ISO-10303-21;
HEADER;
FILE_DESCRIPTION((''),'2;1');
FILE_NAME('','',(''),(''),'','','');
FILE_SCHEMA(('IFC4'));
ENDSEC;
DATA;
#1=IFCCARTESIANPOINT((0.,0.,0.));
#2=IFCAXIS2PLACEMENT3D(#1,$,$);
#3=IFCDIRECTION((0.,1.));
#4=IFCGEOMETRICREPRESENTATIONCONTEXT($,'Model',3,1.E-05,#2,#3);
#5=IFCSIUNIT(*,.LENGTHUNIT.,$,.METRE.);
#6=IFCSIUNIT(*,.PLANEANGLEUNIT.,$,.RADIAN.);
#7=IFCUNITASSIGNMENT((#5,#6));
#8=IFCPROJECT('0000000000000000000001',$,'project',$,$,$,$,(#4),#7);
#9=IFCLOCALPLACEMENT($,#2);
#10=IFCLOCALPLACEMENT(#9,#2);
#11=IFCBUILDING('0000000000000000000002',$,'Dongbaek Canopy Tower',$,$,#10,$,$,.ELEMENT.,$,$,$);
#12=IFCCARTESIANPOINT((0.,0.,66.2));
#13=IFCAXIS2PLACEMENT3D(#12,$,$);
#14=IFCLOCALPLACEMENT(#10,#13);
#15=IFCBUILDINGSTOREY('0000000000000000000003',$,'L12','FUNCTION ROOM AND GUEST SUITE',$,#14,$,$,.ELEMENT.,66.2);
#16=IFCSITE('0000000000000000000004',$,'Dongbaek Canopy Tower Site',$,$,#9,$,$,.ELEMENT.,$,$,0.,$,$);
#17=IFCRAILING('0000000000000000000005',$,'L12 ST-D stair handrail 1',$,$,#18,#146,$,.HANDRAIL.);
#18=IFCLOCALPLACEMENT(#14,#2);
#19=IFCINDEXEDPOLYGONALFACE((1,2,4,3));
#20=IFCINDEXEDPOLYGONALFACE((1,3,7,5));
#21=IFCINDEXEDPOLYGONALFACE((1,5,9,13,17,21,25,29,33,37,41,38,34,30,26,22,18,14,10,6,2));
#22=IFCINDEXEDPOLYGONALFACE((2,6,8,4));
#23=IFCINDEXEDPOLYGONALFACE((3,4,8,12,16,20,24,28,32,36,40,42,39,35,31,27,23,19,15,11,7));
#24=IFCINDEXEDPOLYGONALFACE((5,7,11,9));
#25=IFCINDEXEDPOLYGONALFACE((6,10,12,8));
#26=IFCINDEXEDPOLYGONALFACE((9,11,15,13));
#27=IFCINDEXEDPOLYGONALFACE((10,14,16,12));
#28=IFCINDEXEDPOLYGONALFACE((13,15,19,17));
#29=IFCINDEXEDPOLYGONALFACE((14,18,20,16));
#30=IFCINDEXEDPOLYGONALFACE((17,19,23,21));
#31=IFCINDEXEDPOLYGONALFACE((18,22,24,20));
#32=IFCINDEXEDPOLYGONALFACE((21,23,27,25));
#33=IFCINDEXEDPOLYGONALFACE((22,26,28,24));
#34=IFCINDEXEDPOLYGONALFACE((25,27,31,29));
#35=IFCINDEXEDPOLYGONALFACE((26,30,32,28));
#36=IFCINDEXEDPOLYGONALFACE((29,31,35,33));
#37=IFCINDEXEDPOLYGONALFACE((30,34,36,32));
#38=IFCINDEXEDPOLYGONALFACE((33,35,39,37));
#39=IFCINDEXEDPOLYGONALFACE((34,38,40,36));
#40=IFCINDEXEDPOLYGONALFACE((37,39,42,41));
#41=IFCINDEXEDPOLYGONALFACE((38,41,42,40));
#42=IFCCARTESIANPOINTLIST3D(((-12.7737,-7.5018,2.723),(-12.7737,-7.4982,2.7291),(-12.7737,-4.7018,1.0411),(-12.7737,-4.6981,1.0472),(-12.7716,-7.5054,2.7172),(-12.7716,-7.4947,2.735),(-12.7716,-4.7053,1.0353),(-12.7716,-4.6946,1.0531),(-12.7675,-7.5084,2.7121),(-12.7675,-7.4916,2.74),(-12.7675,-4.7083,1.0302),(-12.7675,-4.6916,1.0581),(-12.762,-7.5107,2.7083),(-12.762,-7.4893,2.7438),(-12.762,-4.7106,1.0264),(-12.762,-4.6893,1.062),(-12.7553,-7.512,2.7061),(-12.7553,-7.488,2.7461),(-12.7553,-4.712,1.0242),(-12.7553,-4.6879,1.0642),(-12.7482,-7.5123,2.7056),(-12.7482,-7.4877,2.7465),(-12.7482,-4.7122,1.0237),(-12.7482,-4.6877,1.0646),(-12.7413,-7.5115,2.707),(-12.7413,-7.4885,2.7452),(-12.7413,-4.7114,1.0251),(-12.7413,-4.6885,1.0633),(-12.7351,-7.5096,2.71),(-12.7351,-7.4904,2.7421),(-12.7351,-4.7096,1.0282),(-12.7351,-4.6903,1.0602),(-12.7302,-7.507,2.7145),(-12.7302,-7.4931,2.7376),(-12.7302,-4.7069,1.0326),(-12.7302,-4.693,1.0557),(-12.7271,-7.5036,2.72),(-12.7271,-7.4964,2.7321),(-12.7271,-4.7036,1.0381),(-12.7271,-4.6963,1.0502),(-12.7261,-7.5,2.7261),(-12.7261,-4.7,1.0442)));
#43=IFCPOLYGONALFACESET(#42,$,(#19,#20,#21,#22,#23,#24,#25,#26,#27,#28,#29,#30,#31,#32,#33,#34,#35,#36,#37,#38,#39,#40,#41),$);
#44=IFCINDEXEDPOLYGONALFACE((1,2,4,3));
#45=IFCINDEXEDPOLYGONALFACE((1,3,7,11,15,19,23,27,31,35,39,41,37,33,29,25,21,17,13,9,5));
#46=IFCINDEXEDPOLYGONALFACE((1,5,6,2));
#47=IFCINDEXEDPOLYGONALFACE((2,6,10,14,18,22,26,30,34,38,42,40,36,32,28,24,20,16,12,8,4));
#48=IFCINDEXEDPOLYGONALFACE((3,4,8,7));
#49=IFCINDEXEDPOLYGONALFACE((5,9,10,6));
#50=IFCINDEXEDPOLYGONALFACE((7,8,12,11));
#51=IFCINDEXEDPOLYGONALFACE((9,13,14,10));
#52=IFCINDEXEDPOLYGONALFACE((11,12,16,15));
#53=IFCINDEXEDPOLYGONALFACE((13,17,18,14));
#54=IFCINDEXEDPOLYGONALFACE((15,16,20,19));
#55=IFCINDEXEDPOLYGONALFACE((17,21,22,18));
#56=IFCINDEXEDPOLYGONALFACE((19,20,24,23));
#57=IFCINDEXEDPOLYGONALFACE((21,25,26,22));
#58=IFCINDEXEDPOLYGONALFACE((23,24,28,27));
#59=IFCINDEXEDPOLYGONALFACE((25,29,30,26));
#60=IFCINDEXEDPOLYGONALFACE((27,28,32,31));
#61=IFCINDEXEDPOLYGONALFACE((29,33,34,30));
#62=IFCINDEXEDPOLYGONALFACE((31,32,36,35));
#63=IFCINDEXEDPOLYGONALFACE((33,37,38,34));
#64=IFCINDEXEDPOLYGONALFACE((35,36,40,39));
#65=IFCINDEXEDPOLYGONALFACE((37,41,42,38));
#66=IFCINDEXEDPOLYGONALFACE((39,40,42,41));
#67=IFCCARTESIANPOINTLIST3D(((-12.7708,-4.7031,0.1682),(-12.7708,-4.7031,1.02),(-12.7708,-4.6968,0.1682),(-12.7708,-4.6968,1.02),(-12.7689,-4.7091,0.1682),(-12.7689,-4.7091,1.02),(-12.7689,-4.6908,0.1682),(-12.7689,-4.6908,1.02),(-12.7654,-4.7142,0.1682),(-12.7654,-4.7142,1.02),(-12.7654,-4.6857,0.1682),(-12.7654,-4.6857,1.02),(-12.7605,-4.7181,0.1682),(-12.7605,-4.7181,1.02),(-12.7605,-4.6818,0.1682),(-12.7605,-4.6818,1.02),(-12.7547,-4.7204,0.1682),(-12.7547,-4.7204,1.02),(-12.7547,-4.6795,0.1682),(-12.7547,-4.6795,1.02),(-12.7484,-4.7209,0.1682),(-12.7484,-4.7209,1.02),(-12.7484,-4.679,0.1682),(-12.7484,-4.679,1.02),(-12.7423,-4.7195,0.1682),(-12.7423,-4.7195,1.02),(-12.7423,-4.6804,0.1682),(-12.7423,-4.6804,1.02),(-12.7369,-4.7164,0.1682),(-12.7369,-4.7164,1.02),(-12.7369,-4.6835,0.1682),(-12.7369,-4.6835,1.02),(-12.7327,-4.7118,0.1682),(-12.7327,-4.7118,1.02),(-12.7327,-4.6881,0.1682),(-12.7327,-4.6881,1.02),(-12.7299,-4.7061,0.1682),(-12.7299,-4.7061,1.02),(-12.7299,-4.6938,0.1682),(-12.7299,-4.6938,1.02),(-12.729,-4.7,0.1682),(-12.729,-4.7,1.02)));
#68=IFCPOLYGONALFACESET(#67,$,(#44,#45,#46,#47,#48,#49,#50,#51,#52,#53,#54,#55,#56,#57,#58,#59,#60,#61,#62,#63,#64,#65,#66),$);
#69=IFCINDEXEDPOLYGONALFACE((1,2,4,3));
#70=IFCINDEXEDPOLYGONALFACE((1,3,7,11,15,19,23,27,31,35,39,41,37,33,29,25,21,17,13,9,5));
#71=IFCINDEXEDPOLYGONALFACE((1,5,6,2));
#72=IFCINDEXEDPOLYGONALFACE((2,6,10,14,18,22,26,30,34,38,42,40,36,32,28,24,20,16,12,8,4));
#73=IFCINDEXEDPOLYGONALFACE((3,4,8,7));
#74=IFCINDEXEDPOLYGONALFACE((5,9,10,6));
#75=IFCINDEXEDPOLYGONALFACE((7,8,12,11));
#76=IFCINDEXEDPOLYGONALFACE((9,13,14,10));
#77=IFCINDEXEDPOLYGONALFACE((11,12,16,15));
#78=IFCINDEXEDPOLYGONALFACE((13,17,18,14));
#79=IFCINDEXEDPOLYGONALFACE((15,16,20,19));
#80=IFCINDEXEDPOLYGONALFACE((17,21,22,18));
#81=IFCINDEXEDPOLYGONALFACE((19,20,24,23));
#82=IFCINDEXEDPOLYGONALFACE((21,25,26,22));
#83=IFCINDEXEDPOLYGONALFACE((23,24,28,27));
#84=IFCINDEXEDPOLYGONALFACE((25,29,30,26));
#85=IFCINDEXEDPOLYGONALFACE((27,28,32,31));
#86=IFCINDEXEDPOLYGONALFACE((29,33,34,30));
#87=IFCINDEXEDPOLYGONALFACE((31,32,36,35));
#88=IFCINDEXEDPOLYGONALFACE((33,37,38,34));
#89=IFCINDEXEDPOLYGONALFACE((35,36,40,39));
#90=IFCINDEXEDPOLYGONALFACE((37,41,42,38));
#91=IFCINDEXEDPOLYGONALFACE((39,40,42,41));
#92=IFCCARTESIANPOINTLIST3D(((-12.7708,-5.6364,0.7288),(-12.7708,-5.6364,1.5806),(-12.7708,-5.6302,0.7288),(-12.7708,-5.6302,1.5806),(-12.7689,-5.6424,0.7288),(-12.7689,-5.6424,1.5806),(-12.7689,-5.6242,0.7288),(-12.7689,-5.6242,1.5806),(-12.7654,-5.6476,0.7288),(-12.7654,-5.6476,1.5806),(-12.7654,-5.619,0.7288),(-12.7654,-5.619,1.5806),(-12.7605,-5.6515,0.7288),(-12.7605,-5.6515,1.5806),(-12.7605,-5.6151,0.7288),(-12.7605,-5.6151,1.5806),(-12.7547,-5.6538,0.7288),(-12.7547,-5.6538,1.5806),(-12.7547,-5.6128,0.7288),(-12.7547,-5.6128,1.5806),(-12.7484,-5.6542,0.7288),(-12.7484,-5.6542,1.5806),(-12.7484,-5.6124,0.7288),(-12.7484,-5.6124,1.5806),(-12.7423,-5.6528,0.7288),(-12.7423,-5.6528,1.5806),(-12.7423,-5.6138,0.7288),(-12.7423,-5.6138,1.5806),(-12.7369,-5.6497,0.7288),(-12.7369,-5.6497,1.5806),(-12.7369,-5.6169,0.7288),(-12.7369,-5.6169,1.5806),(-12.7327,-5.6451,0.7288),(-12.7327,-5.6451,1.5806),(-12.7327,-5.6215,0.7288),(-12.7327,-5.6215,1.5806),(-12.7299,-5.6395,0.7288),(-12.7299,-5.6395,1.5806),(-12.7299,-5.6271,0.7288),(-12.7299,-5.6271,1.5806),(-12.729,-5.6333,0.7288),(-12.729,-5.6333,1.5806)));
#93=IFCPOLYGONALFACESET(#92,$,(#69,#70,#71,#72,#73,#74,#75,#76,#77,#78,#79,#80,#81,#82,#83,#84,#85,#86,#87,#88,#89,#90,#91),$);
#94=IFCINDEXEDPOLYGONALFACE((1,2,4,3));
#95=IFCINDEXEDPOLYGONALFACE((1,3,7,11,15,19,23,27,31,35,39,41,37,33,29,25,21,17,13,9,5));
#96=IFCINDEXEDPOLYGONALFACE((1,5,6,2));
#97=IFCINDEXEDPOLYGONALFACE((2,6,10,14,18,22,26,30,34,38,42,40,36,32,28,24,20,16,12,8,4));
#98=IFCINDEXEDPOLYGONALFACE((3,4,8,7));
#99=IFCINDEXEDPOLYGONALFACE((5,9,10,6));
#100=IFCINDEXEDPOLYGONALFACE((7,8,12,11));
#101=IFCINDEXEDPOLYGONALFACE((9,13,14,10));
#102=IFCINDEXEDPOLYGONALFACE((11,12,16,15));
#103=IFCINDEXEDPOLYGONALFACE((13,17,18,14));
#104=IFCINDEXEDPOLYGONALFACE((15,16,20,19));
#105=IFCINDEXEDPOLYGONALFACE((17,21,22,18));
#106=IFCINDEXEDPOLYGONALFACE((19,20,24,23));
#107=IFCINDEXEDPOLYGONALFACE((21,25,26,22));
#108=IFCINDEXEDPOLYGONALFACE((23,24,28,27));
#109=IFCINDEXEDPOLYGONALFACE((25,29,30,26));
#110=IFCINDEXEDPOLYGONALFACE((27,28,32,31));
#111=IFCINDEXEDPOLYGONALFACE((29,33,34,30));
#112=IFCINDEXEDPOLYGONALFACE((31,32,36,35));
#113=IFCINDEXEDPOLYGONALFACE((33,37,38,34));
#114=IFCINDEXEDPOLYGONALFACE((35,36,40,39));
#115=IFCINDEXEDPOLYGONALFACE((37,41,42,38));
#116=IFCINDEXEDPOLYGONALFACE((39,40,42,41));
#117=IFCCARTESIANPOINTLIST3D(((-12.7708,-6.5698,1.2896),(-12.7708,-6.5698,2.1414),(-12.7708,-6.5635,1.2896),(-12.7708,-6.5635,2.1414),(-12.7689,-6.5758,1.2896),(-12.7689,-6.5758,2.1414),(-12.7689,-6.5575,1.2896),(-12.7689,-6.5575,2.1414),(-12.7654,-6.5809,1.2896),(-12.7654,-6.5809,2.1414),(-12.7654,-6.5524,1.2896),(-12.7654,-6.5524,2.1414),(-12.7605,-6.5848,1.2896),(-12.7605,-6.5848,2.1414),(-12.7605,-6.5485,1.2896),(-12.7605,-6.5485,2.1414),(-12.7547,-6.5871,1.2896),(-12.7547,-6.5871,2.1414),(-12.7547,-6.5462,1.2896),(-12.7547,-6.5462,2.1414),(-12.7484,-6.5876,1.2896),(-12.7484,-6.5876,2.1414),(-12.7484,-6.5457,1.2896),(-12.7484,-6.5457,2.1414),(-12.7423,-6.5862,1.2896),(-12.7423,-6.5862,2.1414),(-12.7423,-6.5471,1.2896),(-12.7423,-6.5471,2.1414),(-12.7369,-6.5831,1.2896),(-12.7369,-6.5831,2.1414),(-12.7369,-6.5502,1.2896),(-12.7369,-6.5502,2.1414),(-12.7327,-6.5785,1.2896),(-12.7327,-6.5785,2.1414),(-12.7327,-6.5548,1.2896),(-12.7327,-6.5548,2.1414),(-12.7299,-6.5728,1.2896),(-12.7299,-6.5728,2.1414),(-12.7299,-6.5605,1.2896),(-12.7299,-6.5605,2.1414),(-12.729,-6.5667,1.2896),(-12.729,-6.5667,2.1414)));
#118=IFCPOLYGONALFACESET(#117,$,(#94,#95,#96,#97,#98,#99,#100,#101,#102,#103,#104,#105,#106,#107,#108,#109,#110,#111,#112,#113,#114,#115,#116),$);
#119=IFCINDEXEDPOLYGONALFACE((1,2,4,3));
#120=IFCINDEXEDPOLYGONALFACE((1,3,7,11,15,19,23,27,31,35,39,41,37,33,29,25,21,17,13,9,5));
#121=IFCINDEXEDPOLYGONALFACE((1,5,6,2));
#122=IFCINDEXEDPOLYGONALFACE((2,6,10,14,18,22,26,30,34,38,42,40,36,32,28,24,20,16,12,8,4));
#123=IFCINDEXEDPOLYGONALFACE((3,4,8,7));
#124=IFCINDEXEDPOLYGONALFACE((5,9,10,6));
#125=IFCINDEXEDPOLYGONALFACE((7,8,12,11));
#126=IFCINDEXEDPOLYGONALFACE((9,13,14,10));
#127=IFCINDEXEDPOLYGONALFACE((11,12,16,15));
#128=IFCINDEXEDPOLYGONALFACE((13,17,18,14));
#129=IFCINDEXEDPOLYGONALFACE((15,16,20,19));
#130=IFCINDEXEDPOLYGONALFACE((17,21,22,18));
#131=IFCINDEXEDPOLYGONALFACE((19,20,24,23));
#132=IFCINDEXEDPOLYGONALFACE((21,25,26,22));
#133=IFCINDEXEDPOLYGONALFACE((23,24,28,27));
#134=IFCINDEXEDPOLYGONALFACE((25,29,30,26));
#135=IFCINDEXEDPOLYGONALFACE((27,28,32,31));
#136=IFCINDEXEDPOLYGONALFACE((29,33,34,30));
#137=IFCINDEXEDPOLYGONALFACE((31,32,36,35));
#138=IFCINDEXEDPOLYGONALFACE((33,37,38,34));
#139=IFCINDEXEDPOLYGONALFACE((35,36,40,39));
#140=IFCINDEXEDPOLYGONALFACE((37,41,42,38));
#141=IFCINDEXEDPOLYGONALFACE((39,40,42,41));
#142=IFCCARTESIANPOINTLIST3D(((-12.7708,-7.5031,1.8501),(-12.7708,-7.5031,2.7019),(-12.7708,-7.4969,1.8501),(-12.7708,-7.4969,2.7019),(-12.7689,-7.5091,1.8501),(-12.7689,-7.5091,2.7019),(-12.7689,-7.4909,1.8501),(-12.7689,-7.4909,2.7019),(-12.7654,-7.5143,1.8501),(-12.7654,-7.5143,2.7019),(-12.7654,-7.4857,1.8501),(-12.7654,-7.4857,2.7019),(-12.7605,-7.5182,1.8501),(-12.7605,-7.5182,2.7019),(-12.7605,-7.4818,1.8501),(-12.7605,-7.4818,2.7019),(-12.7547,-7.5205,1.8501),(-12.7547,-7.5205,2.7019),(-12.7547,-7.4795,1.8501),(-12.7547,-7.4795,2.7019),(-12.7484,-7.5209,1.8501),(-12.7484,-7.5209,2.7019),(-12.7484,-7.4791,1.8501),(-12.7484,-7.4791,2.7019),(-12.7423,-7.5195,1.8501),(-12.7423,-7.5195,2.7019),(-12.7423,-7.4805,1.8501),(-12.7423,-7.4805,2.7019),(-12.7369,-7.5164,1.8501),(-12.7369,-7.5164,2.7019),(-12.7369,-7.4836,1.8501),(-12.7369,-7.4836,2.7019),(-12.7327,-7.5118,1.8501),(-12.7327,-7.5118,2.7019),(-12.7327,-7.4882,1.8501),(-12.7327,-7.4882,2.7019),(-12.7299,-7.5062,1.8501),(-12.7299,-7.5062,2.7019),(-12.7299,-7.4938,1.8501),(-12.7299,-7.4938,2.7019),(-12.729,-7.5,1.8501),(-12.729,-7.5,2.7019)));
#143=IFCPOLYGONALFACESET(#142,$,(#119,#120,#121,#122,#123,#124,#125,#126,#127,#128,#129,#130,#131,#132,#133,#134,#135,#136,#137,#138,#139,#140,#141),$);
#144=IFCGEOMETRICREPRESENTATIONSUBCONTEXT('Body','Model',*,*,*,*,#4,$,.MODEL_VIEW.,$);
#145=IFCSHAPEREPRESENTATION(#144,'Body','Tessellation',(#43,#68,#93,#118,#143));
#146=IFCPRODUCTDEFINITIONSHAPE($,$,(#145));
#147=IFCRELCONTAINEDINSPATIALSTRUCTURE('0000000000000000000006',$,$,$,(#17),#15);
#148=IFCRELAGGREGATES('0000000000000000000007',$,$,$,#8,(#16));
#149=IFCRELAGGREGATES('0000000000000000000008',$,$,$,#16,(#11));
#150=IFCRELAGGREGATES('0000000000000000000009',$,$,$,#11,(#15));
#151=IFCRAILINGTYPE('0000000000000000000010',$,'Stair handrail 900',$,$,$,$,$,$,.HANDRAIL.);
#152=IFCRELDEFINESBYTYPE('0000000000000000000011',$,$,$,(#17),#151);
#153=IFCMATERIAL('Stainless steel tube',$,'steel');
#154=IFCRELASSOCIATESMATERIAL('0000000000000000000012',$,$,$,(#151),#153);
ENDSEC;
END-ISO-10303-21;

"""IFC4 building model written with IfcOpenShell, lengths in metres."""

from ifc_helpers import new_model, si_unit, direction, frame, origin, origin_2d, place, context, subcontext, project, spatial, circle, extrude, material, type_object, element, save


model = new_model("IFC4")

# Units and contexts
model_context = context("Model", 3, precision=1e-05, world=origin(), true_north=direction((0.0, 1.0)))
body_context = subcontext(model_context, "Body", "Model", "MODEL_VIEW")
ifc_project = project(units=[si_unit("LENGTHUNIT", "METRE"), si_unit("PLANEANGLEUNIT", "RADIAN")], contexts=[model_context])

# Site, building, storey
site_placement = place(None, origin())
site = spatial("IfcSite", under=ifc_project, at=site_placement, Name="Dongbaek Canopy Tower Site", CompositionType="ELEMENT", RefElevation=0.0)
building_placement = place(site_placement, origin())
building = spatial("IfcBuilding", under=site, at=building_placement, Name="Dongbaek Canopy Tower", CompositionType="ELEMENT")
storey_placement = place(building_placement, frame((0.0, 0.0, 66.2)))
storey = spatial("IfcBuildingStorey", under=building, at=storey_placement, Name="L12", Description="FUNCTION ROOM AND GUEST SUITE", CompositionType="ELEMENT", Elevation=66.2)

# Railing
ifc_material_1 = material(Name="Stainless steel tube", Category="steel")
railing_type_1 = type_object("IfcRailingType", Name="Stair handrail 900", PredefinedType="HANDRAIL", material=ifc_material_1)
railing_1_placement = place(storey_placement, frame((-12.75, -4.7, 0.1682)))
element("IfcRailing", 1, at=railing_1_placement, inside=storey, type_object=railing_type_1, Name="L12 ST-D stair handrail 1", PredefinedType="HANDRAIL", context=body_context, shape_type="SweptSolid", body=[
    extrude(circle(Radius=0.0239, at=origin_2d()), frame((0.0, 0.0, 0.876), z_axis=(0.0, -0.857242, 0.514913), x_axis=(1.0, 0.0, 0.0)), (0.0, 0.0, 1.0), 3.2664),
    extrude(circle(Radius=0.021, at=origin_2d()), origin(), (0.0, 0.0, 1.0), 0.8518),
    extrude(circle(Radius=0.021, at=origin_2d()), frame((0.0, -0.9333, 0.5605)), (0.0, 0.0, 1.0), 0.8518),
    extrude(circle(Radius=0.021, at=origin_2d()), frame((0.0, -1.8667, 1.1213)), (0.0, 0.0, 1.0), 0.8518),
    extrude(circle(Radius=0.021, at=origin_2d()), frame((0.0, -2.8, 1.6819)), (0.0, 0.0, 1.0), 0.8518),
])

save(model, "model.ifc")
